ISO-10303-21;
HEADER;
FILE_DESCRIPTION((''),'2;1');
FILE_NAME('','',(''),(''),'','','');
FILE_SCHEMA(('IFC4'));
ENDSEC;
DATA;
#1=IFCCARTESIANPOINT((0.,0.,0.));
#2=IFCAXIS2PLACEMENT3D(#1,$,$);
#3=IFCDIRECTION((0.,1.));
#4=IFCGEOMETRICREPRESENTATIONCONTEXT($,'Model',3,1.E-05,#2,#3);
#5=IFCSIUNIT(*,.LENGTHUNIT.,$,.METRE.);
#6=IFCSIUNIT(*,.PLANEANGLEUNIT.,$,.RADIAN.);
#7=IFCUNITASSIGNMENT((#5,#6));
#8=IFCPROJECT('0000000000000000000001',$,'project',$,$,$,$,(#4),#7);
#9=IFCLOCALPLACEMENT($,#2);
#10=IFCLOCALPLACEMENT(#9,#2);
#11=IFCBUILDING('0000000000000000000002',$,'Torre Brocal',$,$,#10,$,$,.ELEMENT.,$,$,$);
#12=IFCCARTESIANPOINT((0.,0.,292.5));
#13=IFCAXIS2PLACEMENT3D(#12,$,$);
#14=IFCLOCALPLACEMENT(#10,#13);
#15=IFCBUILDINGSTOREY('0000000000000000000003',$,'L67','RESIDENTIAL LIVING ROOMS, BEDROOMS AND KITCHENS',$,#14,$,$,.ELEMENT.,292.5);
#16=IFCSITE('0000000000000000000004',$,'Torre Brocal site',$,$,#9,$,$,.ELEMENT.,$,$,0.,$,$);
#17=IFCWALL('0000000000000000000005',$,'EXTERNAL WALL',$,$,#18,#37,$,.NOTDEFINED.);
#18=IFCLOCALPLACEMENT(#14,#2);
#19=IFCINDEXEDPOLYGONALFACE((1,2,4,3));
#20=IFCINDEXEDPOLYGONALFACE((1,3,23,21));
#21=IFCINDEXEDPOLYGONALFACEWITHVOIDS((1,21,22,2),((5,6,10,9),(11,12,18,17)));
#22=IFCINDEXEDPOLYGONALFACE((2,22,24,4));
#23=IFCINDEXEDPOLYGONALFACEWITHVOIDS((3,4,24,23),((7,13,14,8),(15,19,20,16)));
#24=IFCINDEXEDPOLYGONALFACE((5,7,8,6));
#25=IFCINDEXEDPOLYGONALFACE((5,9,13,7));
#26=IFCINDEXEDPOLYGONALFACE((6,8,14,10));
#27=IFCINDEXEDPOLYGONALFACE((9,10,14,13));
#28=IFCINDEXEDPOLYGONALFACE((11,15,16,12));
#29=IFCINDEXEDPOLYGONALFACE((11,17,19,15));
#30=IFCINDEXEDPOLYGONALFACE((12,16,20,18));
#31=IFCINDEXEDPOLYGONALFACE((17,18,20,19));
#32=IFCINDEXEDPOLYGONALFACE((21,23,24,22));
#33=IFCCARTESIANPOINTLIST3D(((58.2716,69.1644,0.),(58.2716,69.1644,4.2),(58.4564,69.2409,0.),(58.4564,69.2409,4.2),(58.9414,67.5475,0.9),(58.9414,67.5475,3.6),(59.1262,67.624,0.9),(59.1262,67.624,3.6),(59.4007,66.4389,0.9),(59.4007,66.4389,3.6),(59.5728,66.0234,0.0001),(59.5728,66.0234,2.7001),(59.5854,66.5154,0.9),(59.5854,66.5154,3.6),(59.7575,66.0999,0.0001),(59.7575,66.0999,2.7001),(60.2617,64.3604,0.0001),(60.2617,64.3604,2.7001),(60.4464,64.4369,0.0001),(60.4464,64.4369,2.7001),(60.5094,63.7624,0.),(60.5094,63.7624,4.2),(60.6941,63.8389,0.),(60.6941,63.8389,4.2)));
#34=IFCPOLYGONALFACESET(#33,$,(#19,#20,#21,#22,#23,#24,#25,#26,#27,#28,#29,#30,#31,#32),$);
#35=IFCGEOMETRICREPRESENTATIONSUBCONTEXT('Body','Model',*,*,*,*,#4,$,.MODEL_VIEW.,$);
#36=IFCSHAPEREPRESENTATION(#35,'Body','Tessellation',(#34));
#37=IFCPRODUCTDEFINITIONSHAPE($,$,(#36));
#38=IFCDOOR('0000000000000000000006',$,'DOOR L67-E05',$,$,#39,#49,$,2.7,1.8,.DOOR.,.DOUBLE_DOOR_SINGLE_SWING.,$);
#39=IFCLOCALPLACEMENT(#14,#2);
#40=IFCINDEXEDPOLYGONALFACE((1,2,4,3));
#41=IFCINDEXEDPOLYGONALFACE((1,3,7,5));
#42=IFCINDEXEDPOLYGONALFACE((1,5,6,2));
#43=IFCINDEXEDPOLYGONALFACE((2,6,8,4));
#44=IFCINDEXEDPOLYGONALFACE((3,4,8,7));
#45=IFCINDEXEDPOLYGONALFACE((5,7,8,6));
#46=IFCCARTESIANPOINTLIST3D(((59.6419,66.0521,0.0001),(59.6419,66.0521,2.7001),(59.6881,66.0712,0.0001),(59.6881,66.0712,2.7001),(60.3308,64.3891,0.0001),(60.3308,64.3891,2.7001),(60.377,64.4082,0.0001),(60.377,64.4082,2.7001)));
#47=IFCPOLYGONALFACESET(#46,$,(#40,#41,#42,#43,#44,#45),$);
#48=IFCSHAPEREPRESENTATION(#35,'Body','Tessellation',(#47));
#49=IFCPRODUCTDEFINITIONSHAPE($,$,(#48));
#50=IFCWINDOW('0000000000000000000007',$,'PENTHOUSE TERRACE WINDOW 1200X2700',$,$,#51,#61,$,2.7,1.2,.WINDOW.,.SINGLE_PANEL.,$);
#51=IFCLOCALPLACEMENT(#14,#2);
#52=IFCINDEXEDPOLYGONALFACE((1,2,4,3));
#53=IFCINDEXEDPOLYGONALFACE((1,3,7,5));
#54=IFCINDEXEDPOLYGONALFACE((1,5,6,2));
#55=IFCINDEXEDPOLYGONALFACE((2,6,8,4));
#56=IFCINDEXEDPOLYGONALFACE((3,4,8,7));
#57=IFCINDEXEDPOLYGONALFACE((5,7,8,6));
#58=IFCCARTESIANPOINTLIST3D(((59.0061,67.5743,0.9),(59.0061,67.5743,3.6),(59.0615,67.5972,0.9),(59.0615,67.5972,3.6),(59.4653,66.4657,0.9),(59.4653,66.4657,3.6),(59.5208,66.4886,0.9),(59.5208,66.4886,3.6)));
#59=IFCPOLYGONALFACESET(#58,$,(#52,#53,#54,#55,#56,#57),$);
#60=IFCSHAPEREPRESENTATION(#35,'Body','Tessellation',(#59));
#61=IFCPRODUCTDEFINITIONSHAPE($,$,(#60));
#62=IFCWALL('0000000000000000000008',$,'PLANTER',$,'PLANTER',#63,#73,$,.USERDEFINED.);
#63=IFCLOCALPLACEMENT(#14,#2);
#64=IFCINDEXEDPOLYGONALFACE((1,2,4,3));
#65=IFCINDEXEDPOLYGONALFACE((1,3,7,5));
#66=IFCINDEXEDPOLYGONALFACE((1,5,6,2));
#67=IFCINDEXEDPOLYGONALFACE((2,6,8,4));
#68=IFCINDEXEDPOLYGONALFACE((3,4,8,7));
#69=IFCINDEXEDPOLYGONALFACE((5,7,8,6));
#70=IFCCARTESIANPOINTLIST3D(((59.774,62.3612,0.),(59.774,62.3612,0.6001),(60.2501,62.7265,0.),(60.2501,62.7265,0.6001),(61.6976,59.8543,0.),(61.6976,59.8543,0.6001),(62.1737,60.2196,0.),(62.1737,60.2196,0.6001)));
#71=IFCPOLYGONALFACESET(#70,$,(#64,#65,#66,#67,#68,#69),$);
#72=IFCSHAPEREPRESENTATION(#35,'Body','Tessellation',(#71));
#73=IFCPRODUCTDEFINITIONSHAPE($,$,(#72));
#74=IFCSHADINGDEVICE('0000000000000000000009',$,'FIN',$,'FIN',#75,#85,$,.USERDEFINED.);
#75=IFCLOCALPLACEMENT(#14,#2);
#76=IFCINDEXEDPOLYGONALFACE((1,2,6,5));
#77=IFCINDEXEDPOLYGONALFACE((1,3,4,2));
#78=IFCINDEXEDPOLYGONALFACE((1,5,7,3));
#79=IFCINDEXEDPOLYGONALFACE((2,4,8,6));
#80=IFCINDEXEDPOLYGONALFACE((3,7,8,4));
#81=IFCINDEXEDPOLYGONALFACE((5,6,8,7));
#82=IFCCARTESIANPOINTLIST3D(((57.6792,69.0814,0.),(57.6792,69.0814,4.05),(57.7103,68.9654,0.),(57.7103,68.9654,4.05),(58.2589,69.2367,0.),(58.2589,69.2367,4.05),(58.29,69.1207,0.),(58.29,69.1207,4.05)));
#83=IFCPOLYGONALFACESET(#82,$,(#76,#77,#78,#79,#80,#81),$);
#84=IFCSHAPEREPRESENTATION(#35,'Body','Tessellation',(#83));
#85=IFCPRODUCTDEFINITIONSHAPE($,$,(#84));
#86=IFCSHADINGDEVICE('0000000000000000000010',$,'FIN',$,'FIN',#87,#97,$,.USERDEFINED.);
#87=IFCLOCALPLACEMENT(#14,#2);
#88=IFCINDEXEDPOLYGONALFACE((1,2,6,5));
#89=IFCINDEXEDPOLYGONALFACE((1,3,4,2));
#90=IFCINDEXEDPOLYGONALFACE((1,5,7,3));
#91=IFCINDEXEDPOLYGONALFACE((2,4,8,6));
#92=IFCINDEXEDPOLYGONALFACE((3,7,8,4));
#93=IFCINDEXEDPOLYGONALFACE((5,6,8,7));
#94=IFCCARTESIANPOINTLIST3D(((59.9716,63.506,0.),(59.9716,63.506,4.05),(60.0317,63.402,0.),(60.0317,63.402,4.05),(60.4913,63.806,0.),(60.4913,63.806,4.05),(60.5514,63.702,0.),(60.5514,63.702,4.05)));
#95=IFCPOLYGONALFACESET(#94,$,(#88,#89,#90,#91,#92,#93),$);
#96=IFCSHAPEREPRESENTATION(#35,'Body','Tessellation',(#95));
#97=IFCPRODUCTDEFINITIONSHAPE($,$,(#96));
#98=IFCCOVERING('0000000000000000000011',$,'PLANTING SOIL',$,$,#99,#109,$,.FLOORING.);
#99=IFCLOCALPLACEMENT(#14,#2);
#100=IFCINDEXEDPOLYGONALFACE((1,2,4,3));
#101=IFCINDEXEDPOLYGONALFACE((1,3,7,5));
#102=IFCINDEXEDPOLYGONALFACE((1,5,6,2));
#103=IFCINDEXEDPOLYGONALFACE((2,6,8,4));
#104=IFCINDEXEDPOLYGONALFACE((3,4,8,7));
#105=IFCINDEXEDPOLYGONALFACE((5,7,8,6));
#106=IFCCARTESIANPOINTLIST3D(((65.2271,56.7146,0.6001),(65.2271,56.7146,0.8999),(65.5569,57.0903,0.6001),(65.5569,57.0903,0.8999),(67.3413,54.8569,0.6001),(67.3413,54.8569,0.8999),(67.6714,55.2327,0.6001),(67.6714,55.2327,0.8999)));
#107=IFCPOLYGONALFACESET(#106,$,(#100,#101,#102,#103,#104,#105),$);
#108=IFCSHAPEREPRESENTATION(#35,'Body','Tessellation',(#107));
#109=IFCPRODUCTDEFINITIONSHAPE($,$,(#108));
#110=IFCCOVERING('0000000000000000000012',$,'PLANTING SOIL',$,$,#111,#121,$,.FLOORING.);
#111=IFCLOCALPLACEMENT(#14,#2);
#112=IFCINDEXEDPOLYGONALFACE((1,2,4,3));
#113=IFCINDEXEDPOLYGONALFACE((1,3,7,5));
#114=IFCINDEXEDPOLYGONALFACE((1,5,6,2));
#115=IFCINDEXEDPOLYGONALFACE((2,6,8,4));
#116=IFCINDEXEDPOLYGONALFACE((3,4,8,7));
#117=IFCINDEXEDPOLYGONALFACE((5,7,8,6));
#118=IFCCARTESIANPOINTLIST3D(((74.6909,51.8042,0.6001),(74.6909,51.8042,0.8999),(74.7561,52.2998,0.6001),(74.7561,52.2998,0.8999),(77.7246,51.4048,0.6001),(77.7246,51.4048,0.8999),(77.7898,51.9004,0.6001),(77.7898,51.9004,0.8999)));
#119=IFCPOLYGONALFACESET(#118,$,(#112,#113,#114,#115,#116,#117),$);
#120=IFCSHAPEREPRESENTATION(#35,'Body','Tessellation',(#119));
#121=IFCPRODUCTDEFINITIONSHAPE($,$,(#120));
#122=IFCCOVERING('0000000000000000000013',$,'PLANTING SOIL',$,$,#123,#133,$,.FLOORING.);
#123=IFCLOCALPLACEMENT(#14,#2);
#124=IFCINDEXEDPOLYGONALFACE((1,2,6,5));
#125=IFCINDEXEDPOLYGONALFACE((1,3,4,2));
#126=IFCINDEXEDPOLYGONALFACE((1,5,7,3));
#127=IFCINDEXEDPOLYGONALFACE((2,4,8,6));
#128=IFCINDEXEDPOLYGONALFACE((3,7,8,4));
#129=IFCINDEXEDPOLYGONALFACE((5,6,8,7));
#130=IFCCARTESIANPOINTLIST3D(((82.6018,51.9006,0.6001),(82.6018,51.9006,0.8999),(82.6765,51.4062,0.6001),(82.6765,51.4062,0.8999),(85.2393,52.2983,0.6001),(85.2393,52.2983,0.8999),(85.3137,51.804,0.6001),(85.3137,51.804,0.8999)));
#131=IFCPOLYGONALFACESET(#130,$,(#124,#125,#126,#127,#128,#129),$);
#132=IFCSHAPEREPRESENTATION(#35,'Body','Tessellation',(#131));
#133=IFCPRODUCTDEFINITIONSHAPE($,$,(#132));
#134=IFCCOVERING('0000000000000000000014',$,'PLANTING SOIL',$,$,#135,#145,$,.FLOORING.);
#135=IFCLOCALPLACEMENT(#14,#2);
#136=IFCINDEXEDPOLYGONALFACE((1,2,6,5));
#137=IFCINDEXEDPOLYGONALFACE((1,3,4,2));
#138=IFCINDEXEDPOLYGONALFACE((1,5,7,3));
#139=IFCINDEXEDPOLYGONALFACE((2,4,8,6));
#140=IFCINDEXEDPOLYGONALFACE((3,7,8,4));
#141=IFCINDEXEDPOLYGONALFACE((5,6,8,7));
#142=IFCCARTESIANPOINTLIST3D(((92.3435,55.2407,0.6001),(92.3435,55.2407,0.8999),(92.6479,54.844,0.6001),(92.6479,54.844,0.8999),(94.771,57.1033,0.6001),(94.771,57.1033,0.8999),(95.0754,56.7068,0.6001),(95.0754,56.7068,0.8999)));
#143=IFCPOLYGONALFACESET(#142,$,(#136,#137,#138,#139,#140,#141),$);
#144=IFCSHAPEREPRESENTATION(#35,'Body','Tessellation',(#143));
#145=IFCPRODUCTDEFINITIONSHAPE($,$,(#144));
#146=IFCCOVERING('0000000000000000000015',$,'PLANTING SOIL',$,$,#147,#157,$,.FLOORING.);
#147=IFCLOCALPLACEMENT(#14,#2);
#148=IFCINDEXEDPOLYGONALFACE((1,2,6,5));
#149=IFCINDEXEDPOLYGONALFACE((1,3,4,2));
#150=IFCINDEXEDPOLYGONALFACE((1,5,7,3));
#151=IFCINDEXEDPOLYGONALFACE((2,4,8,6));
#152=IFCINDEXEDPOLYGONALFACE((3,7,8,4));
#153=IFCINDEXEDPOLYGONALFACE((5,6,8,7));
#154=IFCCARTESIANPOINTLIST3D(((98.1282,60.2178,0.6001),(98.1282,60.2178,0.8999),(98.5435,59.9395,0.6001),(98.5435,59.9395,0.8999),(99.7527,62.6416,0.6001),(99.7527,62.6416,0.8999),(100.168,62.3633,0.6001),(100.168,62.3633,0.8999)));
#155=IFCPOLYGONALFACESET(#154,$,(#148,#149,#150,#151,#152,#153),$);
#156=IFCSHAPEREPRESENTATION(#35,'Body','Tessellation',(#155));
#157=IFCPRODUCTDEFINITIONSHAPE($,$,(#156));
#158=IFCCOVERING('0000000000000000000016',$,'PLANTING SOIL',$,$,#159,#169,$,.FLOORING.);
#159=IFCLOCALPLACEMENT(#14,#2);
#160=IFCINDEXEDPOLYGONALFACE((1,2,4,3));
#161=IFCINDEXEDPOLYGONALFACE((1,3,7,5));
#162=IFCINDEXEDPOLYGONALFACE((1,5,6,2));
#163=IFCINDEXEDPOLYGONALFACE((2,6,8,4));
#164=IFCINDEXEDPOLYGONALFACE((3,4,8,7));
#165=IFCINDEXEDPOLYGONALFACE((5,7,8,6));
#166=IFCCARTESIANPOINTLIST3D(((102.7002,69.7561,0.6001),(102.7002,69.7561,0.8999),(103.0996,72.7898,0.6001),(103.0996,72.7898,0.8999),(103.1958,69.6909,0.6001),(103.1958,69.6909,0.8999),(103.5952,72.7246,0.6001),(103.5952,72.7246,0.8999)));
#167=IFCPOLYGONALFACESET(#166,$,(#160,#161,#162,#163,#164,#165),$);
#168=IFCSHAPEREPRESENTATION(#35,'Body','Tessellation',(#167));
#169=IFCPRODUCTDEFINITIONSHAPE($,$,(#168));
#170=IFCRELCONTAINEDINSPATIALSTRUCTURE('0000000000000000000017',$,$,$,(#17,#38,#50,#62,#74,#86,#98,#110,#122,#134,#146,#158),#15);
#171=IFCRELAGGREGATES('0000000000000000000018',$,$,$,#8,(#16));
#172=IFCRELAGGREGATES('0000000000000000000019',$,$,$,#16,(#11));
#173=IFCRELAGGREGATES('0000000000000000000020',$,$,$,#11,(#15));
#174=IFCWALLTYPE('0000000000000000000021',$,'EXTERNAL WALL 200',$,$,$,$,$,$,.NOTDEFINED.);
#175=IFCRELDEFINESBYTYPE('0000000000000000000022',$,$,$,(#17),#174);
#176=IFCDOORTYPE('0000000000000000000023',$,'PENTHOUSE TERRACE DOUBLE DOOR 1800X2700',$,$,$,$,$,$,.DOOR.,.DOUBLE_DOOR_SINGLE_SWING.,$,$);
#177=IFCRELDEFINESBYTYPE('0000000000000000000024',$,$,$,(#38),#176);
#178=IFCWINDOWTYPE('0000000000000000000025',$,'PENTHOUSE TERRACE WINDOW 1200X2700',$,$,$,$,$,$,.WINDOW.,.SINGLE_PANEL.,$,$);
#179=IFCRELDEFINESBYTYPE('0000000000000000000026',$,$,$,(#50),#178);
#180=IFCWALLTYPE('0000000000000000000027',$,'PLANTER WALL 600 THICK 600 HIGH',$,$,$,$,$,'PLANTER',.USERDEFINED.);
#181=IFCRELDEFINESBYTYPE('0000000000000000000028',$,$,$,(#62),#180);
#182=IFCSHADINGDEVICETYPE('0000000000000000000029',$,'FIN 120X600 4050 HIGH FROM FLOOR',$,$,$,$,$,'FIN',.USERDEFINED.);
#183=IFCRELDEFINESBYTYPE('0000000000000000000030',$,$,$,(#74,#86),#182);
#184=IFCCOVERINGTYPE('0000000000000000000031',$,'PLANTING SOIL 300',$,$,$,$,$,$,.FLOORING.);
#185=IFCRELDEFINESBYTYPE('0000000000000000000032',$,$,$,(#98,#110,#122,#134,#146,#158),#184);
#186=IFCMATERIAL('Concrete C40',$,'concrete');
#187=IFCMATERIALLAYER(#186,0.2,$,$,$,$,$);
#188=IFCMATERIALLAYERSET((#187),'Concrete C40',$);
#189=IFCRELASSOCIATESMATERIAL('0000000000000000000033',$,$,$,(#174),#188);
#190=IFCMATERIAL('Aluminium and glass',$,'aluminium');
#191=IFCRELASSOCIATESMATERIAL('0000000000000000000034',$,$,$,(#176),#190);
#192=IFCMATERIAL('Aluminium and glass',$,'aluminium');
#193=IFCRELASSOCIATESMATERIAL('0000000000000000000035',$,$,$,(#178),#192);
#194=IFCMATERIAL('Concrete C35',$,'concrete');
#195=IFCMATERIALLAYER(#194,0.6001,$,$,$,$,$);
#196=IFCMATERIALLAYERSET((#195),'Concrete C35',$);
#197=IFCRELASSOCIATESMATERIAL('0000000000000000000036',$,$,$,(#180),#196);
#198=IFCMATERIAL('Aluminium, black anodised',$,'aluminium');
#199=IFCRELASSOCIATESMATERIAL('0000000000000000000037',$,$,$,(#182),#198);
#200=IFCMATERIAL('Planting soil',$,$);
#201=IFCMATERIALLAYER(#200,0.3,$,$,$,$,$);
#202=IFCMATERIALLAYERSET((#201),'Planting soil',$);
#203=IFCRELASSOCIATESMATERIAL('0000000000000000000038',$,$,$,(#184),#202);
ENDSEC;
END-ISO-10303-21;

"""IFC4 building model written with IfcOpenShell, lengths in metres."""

from ifc_helpers import new_model, si_unit, direction, frame, frame_2d, origin, origin_2d, place, context, subcontext, project, spatial, polyline, rectangle, outline, extrude, material, layer, layer_set, material_profile, profile_set, type_object, element, fill, save


model = new_model("IFC4")

# Units and contexts
model_context = context("Model", 3, precision=1e-05, world=origin(), true_north=direction((0.0, 1.0)))
body_context = subcontext(model_context, "Body", "Model", "MODEL_VIEW")
ifc_project = project(units=[si_unit("LENGTHUNIT", "METRE"), si_unit("PLANEANGLEUNIT", "RADIAN")], contexts=[model_context])

# Site, building, storey
site_placement = place(None, origin())
site = spatial("IfcSite", under=ifc_project, at=site_placement, Name="Torre Brocal site", CompositionType="ELEMENT", RefElevation=0.0)
building_placement = place(site_placement, origin())
building = spatial("IfcBuilding", under=site, at=building_placement, Name="Torre Brocal", CompositionType="ELEMENT")
storey_placement = place(building_placement, frame((0.0, 0.0, 292.5)))
storey = spatial("IfcBuildingStorey", under=building, at=storey_placement, Name="L67", Description="RESIDENTIAL LIVING ROOMS, BEDROOMS AND KITCHENS", CompositionType="ELEMENT", Elevation=292.5)

# Wall, openings, door, window
ifc_material_1 = material(Name="Concrete C40", Category="concrete")
ifc_layer_1 = layer(ifc_material_1, 0.2)
ifc_layer_set_1 = layer_set([ifc_layer_1], Name="Concrete C40")
wall_type_1 = type_object("IfcWallType", Name="EXTERNAL WALL 200", PredefinedType="NOTDEFINED", material=ifc_layer_set_1)
wall_1_placement = place(storey_placement, frame((58.364, 69.2026, 0.0), z_axis=(0.0, 0.0, 1.0), x_axis=(0.382708, -0.923869, 0.0)))
wall_1 = element("IfcWall", 1, at=wall_1_placement, inside=storey, type_object=wall_type_1, Name="EXTERNAL WALL", PredefinedType="NOTDEFINED", context=body_context, shape_type="SweptSolid", body=[
    extrude(rectangle(XDim=5.8472, YDim=0.2, at=frame_2d((2.9236, 0.0))), origin(), (0.0, 0.0, 1.0), 4.2),
])
opening_1_placement = place(wall_1_placement, frame((1.75, 0.0, 0.8999)))
opening_1 = element("IfcOpeningElement", 2, at=opening_1_placement, cuts=wall_1, PredefinedType="OPENING", context=body_context, shape_type="SweptSolid", body=[
    extrude(rectangle(XDim=1.2, YDim=2.7, at=frame_2d((0.6001, 1.3501))), frame((0.0, 0.1099, 0.0), z_axis=(0.0, -1.0, 0.0), x_axis=(1.0, 0.0, 0.0)), (0.0, 0.0, 1.0), 0.22),
])
opening_2_placement = place(wall_1_placement, frame((3.3999, 0.0, 0.0)))
opening_2 = element("IfcOpeningElement", 3, at=opening_2_placement, cuts=wall_1, PredefinedType="OPENING", context=body_context, shape_type="SweptSolid", body=[
    extrude(rectangle(XDim=1.8, YDim=2.7, at=frame_2d((0.8999, 1.3501))), frame((0.0, 0.1099, 0.0), z_axis=(0.0, -1.0, 0.0), x_axis=(1.0, 0.0, 0.0)), (0.0, 0.0, 1.0), 0.22),
])
ifc_material_2 = material(Name="Aluminium and glass", Category="aluminium")
door_type = type_object("IfcDoorType", Name="PENTHOUSE TERRACE DOUBLE DOOR 1800X2700", OperationType="DOUBLE_DOOR_SINGLE_SWING", PredefinedType="DOOR", material=ifc_material_2)
door_placement = place(opening_2_placement, origin())
door = element("IfcDoor", 4, at=door_placement, inside=storey, type_object=door_type, Name="DOOR L67-E05", OperationType="DOUBLE_DOOR_SINGLE_SWING", OverallHeight=2.7, OverallWidth=1.8, PredefinedType="DOOR", context=body_context, shape_type="SweptSolid", body=[
    extrude(rectangle(XDim=1.8, YDim=2.7, at=frame_2d((0.8999, 1.3501))), frame((0.0, 0.0249, 0.0), z_axis=(0.0, -1.0, 0.0), x_axis=(1.0, 0.0, 0.0)), (0.0, 0.0, 1.0), 0.05),
])
fill(opening_2, door)
ifc_material_3 = material(Name="Aluminium and glass", Category="aluminium")
window_type = type_object("IfcWindowType", Name="PENTHOUSE TERRACE WINDOW 1200X2700", PartitioningType="SINGLE_PANEL", PredefinedType="WINDOW", material=ifc_material_3)
window_placement = place(opening_1_placement, origin())
window = element("IfcWindow", 5, at=window_placement, inside=storey, type_object=window_type, Name="PENTHOUSE TERRACE WINDOW 1200X2700", OverallHeight=2.7, OverallWidth=1.2, PartitioningType="SINGLE_PANEL", PredefinedType="WINDOW", context=body_context, shape_type="SweptSolid", body=[
    extrude(rectangle(XDim=1.2, YDim=2.7, at=frame_2d((0.6001, 1.3501))), frame((0.0, 0.03, 0.0), z_axis=(0.0, -1.0, 0.0), x_axis=(1.0, 0.0, 0.0)), (0.0, 0.0, 1.0), 0.0601),
])
fill(opening_1, window)

# Wall
ifc_material_4 = material(Name="Concrete C35", Category="concrete")
ifc_layer_2 = layer(ifc_material_4, 0.6001)
ifc_layer_set_2 = layer_set([ifc_layer_2], Name="Concrete C35")
wall_type_2 = type_object("IfcWallType", Name="PLANTER WALL 600 THICK 600 HIGH", ElementType="PLANTER", PredefinedType="USERDEFINED", material=ifc_layer_set_2)
wall_2_placement = place(storey_placement, frame((60.012, 62.5439, 0.0), z_axis=(0.0, 0.0, 1.0), x_axis=(0.608766, -0.79335, 0.0)))
element("IfcWall", 6, at=wall_2_placement, inside=storey, type_object=wall_type_2, Name="PLANTER", ObjectType="PLANTER", PredefinedType="USERDEFINED", context=body_context, shape_type="SweptSolid", body=[
    extrude(rectangle(XDim=3.1599, YDim=0.6001, at=frame_2d((1.5801, 0.0))), origin(), (0.0, 0.0, 1.0), 0.6001),
])

# Shading devices
ifc_material_5 = material(Name="Aluminium, black anodised", Category="aluminium")
ifc_material_profile_1 = material_profile(ifc_material_5, rectangle(XDim=0.1201, YDim=0.6001, at=origin_2d()), Name="FIN 120X600 4050 HIGH FROM FLOOR")
ifc_profile_set_1 = profile_set([ifc_material_profile_1], Name="Aluminium, black anodised")
shading_device_type = type_object("IfcShadingDeviceType", Name="FIN 120X600 4050 HIGH FROM FLOOR", ElementType="FIN", PredefinedType="USERDEFINED", material=ifc_profile_set_1)
for number, where, z_axis, x_axis, name in (
    (7, (57.9846, 69.1011, 0.0), (0.0, 0.0, 1.0), (0.258819, -0.965926, 0.0), "FIN"),
    (8, (60.2615, 63.604, 0.0), (0.0, 0.0, 1.0), (0.5, -0.866025, 0.0), "FIN"),
):
    element("IfcShadingDevice", number, at=place(storey_placement, frame(where, z_axis=z_axis, x_axis=x_axis)), inside=storey, type_object=shading_device_type, Name=name, ObjectType="FIN", PredefinedType="USERDEFINED", context=body_context, shape_type="SweptSolid", body=[
        extrude(rectangle(XDim=0.1201, YDim=0.6001, at=origin_2d()), origin(), (0.0, 0.0, 1.0), 4.05),
    ])

# Coverings
ifc_material_6 = material(Name="Planting soil")
ifc_layer_3 = layer(ifc_material_6, 0.3)
ifc_layer_set_3 = layer_set([ifc_layer_3], Name="Planting soil")
covering_type = type_object("IfcCoveringType", Name="PLANTING SOIL 300", PredefinedType="FLOORING", material=ifc_layer_set_3)
covering_1_placement = place(storey_placement, frame((0.0, 0.0, 0.6001)))
element("IfcCovering", 9, at=covering_1_placement, inside=storey, type_object=covering_type, Name="PLANTING SOIL", PredefinedType="FLOORING", context=body_context, shape_type="SweptSolid", body=[
    extrude(outline(polyline([(65.5569, 57.0903), (67.6714, 55.2327), (67.3413, 54.8569), (65.2271, 56.7146), (65.5569, 57.0903)])), origin(), (0.0, 0.0, 1.0), 0.2998),
])
covering_2_placement = place(storey_placement, frame((0.0, 0.0, 0.6001)))
element("IfcCovering", 10, at=covering_2_placement, inside=storey, type_object=covering_type, Name="PLANTING SOIL", PredefinedType="FLOORING", context=body_context, shape_type="SweptSolid", body=[
    extrude(outline(polyline([(74.7561, 52.2998), (77.7898, 51.9004), (77.7246, 51.4048), (74.6909, 51.8042), (74.7561, 52.2998)])), origin(), (0.0, 0.0, 1.0), 0.2998),
])
covering_3_placement = place(storey_placement, frame((0.0, 0.0, 0.6001)))
element("IfcCovering", 11, at=covering_3_placement, inside=storey, type_object=covering_type, Name="PLANTING SOIL", PredefinedType="FLOORING", context=body_context, shape_type="SweptSolid", body=[
    extrude(outline(polyline([(82.6018, 51.9006), (85.2393, 52.2983), (85.3137, 51.804), (82.6765, 51.4062), (82.6018, 51.9006)])), origin(), (0.0, 0.0, 1.0), 0.2998),
])
covering_4_placement = place(storey_placement, frame((0.0, 0.0, 0.6001)))
element("IfcCovering", 12, at=covering_4_placement, inside=storey, type_object=covering_type, Name="PLANTING SOIL", PredefinedType="FLOORING", context=body_context, shape_type="SweptSolid", body=[
    extrude(outline(polyline([(92.3435, 55.2407), (94.771, 57.1033), (95.0754, 56.7068), (92.6479, 54.844), (92.3435, 55.2407)])), origin(), (0.0, 0.0, 1.0), 0.2998),
])
covering_5_placement = place(storey_placement, frame((0.0, 0.0, 0.6001)))
element("IfcCovering", 13, at=covering_5_placement, inside=storey, type_object=covering_type, Name="PLANTING SOIL", PredefinedType="FLOORING", context=body_context, shape_type="SweptSolid", body=[
    extrude(outline(polyline([(98.1282, 60.2178), (99.7527, 62.6416), (100.168, 62.3633), (98.5435, 59.9395), (98.1282, 60.2178)])), origin(), (0.0, 0.0, 1.0), 0.2998),
])
covering_6_placement = place(storey_placement, frame((0.0, 0.0, 0.6001)))
element("IfcCovering", 14, at=covering_6_placement, inside=storey, type_object=covering_type, Name="PLANTING SOIL", PredefinedType="FLOORING", context=body_context, shape_type="SweptSolid", body=[
    extrude(outline(polyline([(102.7002, 69.7561), (103.0996, 72.7898), (103.5952, 72.7246), (103.1958, 69.6909), (102.7002, 69.7561)])), origin(), (0.0, 0.0, 1.0), 0.2998),
])

save(model, "model.ifc")
